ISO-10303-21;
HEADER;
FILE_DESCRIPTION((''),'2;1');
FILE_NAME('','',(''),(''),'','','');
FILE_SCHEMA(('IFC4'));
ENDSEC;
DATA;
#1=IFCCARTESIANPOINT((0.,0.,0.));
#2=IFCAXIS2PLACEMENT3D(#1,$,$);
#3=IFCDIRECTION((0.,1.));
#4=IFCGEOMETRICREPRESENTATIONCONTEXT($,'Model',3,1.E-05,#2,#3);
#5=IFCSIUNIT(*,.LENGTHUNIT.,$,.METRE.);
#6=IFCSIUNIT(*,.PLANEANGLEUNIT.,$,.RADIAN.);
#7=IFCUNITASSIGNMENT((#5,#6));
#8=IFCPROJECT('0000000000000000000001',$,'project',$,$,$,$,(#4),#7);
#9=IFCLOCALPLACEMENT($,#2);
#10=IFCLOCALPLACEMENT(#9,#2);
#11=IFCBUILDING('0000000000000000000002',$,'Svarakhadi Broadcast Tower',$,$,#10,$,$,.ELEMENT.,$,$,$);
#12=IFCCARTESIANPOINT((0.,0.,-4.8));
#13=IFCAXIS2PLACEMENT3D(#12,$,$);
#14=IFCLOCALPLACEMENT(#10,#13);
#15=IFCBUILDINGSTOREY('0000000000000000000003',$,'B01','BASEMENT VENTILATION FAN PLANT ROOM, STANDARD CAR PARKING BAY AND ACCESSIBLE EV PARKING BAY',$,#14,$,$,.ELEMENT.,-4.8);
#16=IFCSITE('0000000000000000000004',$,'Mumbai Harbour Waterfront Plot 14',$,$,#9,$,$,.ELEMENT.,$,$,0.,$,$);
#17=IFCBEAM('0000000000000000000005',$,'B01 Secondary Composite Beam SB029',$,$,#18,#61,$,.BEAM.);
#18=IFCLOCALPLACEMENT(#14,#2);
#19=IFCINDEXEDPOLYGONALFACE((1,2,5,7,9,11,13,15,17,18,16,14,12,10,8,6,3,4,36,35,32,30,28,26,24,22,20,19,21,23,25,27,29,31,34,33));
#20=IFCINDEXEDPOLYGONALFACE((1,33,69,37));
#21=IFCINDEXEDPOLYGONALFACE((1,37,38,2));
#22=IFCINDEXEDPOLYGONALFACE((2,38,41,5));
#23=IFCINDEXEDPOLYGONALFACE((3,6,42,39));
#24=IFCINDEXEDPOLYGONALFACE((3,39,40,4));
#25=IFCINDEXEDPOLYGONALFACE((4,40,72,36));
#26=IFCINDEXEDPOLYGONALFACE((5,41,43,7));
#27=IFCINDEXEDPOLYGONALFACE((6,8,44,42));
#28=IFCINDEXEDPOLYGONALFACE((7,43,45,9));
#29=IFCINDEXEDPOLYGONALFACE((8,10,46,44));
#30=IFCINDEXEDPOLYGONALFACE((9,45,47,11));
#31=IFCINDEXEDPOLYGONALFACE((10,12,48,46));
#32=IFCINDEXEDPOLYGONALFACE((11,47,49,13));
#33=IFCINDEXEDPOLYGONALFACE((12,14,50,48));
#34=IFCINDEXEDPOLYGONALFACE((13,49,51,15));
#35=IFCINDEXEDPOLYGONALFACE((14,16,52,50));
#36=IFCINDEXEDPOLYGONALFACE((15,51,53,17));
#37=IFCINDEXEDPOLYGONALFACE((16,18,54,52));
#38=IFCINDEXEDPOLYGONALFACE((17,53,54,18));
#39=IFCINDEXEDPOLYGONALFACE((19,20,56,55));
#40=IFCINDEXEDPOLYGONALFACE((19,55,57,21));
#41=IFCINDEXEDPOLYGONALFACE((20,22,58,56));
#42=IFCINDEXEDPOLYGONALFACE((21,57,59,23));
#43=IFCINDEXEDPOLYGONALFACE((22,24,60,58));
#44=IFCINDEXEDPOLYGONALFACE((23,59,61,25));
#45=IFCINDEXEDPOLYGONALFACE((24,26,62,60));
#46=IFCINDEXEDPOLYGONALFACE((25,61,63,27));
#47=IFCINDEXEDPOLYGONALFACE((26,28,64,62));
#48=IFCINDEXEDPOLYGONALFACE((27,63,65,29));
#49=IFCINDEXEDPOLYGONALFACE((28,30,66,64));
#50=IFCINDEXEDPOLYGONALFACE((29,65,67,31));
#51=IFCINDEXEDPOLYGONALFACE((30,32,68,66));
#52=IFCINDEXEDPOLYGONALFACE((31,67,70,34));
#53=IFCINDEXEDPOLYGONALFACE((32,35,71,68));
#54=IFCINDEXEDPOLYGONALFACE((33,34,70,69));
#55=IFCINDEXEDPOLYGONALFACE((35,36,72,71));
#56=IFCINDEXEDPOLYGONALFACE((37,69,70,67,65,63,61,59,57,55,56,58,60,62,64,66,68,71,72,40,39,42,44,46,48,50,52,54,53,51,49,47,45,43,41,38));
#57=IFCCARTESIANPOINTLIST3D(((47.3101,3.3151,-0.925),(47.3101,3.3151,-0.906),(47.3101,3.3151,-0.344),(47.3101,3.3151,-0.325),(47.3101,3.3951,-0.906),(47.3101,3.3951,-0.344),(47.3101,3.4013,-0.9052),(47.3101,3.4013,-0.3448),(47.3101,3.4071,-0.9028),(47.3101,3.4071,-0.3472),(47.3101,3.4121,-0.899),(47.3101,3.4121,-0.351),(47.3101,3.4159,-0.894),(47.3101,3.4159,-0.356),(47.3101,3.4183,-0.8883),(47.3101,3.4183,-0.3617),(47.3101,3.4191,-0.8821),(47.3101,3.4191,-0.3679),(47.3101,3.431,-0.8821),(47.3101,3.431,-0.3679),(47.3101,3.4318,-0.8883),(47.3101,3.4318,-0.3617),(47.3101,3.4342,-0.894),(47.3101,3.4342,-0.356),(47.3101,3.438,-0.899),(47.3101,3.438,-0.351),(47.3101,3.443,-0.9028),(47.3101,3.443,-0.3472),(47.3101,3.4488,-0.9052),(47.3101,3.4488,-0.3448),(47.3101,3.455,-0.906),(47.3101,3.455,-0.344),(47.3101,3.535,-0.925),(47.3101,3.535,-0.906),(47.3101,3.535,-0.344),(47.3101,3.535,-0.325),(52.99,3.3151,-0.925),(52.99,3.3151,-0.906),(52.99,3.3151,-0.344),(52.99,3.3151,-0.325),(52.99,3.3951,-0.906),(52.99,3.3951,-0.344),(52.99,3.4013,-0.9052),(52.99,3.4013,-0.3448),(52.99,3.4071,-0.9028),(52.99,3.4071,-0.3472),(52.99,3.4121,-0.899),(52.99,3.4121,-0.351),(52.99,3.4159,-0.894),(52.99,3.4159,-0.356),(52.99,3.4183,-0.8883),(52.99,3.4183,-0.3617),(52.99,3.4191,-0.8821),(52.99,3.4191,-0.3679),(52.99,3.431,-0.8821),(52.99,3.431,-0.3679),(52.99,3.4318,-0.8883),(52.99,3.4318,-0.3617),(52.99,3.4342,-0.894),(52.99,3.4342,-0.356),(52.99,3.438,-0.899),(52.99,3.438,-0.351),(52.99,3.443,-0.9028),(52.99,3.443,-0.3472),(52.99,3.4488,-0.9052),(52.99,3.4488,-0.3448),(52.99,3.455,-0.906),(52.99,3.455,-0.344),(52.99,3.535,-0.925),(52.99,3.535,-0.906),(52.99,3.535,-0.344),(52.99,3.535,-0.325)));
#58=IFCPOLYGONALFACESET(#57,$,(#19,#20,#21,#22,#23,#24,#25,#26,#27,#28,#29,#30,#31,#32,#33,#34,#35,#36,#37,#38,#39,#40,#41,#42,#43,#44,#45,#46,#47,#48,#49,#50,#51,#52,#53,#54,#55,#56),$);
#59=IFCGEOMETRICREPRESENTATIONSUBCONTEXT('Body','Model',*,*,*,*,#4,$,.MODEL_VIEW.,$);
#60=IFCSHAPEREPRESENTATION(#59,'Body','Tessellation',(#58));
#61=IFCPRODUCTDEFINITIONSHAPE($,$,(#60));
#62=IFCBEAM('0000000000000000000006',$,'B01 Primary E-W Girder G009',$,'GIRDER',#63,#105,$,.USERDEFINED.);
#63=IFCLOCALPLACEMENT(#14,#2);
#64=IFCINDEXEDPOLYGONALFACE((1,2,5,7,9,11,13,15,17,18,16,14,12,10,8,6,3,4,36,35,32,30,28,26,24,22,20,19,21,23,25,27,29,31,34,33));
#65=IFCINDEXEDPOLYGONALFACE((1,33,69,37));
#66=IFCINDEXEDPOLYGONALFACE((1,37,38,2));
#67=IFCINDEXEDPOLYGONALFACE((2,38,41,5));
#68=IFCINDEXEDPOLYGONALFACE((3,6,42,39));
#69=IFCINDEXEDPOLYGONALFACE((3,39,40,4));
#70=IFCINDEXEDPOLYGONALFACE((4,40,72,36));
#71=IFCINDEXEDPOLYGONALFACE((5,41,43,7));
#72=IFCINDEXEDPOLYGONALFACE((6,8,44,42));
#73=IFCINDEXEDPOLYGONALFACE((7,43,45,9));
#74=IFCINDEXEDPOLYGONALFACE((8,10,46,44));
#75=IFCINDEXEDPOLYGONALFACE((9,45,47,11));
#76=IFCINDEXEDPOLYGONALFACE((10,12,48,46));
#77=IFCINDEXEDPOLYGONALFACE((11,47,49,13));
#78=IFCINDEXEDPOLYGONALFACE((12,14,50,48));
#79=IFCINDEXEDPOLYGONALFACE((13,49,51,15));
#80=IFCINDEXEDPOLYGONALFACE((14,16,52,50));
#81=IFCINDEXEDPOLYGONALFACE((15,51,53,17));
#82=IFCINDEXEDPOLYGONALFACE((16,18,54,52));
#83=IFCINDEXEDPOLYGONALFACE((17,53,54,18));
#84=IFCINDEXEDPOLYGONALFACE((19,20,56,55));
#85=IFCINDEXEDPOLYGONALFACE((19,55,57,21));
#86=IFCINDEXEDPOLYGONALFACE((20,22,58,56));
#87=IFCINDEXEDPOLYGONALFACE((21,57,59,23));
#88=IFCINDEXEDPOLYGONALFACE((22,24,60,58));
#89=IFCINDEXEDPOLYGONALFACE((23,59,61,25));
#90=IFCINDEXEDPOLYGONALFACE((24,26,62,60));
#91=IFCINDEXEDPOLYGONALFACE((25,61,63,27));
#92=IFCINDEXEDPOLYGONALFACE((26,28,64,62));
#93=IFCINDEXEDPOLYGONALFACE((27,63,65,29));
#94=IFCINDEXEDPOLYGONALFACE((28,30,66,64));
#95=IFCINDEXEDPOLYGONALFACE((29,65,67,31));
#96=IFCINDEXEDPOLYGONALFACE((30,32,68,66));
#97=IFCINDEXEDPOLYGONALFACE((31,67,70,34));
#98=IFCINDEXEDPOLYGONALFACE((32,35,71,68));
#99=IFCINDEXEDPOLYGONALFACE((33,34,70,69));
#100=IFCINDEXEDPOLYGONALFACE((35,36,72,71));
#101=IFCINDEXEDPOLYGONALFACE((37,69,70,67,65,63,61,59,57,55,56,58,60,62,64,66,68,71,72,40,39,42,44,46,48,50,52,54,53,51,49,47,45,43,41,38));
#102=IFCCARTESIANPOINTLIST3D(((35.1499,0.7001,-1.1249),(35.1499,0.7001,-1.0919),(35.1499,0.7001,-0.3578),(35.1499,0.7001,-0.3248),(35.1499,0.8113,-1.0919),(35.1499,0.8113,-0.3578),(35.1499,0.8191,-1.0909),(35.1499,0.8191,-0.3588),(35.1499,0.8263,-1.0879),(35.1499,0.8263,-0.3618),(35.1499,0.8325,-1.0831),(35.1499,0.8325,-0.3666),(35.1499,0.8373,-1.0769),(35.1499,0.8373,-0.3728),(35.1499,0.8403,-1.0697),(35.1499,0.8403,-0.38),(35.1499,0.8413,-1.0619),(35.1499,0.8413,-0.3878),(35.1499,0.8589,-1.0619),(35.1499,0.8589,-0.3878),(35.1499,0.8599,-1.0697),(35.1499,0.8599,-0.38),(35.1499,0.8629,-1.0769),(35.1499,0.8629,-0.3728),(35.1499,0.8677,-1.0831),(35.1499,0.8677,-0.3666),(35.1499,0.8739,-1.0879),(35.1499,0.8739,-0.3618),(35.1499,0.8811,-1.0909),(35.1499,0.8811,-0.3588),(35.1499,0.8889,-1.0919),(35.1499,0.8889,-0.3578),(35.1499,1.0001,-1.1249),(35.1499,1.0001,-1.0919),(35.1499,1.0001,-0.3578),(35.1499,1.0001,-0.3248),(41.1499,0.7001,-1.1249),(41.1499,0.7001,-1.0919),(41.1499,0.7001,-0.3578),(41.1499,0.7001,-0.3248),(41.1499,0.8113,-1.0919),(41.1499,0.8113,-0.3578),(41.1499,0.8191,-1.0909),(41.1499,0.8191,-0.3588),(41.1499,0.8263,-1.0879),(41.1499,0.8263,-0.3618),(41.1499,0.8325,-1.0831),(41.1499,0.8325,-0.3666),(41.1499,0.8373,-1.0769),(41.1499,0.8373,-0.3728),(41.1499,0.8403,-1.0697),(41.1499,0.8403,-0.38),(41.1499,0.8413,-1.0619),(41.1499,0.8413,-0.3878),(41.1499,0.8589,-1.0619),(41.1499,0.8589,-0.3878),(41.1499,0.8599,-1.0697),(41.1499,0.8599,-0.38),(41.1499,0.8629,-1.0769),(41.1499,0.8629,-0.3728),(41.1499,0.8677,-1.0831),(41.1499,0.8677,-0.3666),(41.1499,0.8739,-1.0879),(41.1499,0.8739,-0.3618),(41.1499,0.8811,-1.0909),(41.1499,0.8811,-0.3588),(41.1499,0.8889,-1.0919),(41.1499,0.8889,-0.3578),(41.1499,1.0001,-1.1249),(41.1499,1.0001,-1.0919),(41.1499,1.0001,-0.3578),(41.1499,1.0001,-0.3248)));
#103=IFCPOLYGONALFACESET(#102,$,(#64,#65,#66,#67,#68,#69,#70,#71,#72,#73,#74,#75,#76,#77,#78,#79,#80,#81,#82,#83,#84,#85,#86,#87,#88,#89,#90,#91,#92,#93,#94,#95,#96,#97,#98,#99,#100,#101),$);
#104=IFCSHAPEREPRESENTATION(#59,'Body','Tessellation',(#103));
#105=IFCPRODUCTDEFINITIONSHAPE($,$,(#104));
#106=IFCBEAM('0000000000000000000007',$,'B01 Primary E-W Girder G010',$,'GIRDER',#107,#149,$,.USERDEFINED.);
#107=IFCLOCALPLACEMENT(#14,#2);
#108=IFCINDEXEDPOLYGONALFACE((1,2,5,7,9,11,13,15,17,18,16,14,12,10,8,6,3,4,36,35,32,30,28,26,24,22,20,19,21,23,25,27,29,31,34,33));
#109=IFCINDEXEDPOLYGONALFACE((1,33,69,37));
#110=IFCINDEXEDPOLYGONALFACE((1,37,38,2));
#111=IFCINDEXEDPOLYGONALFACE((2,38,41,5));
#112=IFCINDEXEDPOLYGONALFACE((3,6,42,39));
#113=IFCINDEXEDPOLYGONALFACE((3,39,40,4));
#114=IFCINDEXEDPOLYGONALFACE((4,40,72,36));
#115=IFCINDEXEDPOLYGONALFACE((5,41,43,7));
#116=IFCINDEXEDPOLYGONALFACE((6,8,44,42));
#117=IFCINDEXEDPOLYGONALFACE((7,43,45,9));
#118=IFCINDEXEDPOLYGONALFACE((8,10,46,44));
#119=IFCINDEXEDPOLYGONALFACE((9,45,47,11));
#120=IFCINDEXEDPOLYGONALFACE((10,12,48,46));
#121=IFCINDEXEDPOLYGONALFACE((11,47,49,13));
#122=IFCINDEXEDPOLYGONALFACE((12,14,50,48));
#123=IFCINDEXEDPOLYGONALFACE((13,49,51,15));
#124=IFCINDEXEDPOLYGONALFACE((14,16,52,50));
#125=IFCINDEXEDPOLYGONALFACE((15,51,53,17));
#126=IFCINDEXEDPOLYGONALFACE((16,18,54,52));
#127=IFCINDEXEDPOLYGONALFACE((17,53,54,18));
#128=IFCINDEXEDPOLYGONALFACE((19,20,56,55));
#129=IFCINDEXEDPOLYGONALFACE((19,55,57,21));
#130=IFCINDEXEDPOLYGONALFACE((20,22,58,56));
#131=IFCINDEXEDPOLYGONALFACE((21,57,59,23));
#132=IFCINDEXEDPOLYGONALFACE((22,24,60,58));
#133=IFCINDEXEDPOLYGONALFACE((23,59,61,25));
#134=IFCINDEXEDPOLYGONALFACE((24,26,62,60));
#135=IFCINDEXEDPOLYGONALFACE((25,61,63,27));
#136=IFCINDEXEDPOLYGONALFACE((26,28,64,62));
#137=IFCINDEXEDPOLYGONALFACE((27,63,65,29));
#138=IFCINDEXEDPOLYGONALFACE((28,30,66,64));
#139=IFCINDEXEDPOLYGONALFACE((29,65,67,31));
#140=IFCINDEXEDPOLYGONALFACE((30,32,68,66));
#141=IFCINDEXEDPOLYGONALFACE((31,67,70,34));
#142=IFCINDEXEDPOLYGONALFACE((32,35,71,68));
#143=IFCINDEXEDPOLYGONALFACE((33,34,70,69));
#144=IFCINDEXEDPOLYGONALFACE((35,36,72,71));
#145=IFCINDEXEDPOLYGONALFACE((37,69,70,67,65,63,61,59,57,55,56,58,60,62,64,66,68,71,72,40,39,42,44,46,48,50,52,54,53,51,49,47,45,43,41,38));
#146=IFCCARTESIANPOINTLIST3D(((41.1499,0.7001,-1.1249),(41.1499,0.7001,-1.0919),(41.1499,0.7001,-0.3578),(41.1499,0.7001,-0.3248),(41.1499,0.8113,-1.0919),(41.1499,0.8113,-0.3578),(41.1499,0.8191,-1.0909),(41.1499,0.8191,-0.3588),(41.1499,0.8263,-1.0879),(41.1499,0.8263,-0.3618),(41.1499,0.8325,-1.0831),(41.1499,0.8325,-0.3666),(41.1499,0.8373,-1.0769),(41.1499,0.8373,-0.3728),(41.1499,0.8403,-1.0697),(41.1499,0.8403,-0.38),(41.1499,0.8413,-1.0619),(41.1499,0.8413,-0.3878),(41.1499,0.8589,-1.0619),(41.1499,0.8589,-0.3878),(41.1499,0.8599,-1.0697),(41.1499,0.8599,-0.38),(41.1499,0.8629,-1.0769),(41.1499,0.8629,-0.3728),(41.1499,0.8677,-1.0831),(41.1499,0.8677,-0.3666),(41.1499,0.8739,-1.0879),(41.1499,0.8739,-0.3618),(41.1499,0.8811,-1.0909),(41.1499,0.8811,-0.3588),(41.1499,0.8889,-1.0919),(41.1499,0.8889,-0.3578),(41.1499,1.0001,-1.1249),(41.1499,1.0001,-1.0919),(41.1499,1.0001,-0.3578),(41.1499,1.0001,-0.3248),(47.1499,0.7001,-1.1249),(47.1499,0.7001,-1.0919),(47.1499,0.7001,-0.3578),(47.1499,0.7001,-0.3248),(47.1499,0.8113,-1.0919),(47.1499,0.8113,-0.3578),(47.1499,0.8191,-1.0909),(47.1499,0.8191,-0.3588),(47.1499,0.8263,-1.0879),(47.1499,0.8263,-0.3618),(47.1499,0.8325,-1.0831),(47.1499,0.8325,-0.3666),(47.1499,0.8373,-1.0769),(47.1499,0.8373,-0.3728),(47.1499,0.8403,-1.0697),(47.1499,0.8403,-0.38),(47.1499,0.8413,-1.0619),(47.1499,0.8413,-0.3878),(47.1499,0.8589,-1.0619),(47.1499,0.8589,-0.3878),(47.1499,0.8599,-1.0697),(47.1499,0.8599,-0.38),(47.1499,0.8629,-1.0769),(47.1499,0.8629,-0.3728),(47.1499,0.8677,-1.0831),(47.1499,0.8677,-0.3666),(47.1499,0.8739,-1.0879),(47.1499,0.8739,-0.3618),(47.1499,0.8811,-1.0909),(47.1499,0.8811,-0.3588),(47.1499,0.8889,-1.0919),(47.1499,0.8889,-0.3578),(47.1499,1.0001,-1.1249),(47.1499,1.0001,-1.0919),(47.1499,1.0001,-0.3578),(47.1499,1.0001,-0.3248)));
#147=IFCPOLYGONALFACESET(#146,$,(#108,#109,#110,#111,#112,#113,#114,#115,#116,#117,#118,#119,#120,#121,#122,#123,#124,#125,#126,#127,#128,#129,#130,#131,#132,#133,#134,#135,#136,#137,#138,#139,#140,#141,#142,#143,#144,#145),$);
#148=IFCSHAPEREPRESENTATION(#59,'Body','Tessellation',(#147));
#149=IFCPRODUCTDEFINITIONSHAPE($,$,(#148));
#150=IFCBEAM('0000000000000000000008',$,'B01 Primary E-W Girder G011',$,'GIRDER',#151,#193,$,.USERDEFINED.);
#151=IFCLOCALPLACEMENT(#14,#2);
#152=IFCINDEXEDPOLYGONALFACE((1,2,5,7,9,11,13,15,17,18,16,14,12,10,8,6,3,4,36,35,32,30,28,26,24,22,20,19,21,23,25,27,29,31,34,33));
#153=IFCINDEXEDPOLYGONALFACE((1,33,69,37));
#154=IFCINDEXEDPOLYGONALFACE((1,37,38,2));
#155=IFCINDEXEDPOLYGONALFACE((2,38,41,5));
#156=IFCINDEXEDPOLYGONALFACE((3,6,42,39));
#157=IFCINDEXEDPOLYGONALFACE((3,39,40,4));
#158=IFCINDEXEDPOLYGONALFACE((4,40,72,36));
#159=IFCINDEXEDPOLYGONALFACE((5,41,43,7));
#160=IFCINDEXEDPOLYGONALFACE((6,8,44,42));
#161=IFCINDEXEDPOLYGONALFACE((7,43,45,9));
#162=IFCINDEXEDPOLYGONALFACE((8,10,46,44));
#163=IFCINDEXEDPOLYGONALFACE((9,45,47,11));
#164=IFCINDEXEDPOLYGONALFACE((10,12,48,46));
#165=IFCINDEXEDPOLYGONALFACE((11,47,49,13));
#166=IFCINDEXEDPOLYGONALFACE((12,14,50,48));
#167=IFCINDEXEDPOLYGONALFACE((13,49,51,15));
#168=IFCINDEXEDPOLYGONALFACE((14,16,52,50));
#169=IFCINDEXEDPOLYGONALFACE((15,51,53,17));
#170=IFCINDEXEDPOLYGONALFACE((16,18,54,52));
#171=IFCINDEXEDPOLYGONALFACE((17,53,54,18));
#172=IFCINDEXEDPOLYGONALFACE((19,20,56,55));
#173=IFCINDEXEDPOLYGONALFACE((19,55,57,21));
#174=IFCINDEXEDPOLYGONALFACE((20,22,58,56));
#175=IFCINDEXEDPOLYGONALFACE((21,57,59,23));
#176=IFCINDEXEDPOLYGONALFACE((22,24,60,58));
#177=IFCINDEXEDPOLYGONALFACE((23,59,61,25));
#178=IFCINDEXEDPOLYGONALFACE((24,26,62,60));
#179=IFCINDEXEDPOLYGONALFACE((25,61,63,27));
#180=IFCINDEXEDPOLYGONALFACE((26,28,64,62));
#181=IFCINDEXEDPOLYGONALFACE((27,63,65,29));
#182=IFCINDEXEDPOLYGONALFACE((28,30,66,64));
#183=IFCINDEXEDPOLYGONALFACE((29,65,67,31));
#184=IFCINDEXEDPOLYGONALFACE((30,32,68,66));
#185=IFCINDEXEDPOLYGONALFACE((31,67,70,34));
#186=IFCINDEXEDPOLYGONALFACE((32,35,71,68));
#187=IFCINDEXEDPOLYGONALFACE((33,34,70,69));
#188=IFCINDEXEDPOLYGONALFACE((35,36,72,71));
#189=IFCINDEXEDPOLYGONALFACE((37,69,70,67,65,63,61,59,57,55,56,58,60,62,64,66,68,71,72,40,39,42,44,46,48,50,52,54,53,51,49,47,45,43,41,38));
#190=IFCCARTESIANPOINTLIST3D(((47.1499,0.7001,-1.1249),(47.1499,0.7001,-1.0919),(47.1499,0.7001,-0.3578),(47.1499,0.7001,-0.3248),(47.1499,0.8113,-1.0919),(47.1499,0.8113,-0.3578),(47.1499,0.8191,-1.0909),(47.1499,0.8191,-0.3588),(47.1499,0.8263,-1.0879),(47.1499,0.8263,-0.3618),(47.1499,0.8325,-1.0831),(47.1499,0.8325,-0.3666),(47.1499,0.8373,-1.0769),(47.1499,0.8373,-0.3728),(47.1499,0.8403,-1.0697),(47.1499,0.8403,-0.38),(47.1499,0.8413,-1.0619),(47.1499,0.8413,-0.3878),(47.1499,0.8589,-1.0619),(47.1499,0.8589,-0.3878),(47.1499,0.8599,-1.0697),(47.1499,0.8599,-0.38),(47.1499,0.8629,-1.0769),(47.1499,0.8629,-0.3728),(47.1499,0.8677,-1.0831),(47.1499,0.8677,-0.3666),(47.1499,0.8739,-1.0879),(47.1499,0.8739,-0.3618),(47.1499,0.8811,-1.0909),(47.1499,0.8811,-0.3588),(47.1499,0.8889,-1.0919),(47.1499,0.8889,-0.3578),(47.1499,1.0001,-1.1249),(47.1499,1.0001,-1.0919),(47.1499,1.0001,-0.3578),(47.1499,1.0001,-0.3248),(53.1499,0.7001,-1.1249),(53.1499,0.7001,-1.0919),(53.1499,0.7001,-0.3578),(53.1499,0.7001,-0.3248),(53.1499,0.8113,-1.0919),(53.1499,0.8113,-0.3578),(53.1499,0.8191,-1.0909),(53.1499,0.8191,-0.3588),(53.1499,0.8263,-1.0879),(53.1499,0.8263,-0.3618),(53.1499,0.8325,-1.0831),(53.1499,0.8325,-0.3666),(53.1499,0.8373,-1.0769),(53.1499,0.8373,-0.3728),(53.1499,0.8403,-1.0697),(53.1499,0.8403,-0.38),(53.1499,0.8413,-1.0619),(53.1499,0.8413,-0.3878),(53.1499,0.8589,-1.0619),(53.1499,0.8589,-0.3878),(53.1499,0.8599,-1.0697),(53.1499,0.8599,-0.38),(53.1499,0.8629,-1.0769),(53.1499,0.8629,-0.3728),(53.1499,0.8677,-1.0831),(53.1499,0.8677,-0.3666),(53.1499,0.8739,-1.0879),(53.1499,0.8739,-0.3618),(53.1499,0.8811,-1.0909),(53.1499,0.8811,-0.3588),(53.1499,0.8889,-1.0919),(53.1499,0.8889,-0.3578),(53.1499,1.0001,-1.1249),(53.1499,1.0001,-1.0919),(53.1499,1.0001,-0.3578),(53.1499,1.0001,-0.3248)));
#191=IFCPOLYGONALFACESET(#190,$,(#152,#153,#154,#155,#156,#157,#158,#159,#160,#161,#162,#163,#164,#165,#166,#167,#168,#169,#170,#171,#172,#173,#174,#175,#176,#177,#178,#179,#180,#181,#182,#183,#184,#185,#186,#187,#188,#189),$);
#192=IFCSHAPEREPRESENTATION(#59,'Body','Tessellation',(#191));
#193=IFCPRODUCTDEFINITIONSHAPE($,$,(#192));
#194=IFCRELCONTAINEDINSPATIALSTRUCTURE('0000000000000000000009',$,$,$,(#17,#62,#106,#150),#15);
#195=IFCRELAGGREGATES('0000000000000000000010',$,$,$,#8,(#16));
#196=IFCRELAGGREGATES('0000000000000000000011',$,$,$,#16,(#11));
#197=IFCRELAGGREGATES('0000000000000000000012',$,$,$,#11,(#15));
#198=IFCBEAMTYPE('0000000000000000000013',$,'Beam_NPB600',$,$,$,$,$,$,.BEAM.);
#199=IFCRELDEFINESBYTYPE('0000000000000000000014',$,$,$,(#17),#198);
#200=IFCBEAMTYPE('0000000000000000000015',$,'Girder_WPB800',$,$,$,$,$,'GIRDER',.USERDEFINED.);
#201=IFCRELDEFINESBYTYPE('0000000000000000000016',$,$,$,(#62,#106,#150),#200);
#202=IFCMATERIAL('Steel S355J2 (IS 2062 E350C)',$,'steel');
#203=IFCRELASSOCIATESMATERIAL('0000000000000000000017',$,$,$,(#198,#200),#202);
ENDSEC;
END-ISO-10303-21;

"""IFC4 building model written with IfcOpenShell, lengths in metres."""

from ifc_helpers import new_model, si_unit, direction, frame, origin, origin_2d, place, context, subcontext, project, spatial, i_section, extrude, material, material_profile, profile_set, type_object, element, save


model = new_model("IFC4")

# Units and contexts
model_context = context("Model", 3, precision=1e-05, world=origin(), true_north=direction((0.0, 1.0)))
body_context = subcontext(model_context, "Body", "Model", "MODEL_VIEW")
ifc_project = project(units=[si_unit("LENGTHUNIT", "METRE"), si_unit("PLANEANGLEUNIT", "RADIAN")], contexts=[model_context])

# Site, building, storey
site_placement = place(None, origin())
site = spatial("IfcSite", under=ifc_project, at=site_placement, Name="Mumbai Harbour Waterfront Plot 14", CompositionType="ELEMENT", RefElevation=0.0)
building_placement = place(site_placement, origin())
building = spatial("IfcBuilding", under=site, at=building_placement, Name="Svarakhadi Broadcast Tower", CompositionType="ELEMENT")
storey_placement = place(building_placement, frame((0.0, 0.0, -4.8)))
storey = spatial("IfcBuildingStorey", under=building, at=storey_placement, Name="B01", Description="BASEMENT VENTILATION FAN PLANT ROOM, STANDARD CAR PARKING BAY AND ACCESSIBLE EV PARKING BAY", CompositionType="ELEMENT", Elevation=-4.8)

# Beams
ifc_material_1 = material(Name="Steel S355J2 (IS 2062 E350C)", Category="steel")
ifc_material_profile_1 = material_profile(ifc_material_1, i_section(OverallWidth=0.22, OverallDepth=0.6001, WebThickness=0.012, FlangeThickness=0.019, FilletRadius=0.0239, at=origin_2d()), Name="NPB 600x220x122")
ifc_profile_set_1 = profile_set([ifc_material_profile_1], Name="Steel S355J2 (IS 2062 E350C)")
beam_type_1 = type_object("IfcBeamType", Name="Beam_NPB600", PredefinedType="BEAM", material=ifc_profile_set_1)
for number, where, z_axis, x_axis, name in (
    (1, (47.3101, 3.425, -0.625), (1.0, 0.0, 0.0), (0.0, 1.0, 0.0), "B01 Secondary Composite Beam SB029"),
):
    element("IfcBeam", number, at=place(storey_placement, frame(where, z_axis=z_axis, x_axis=x_axis)), inside=storey, type_object=beam_type_1, Name=name, PredefinedType="BEAM", context=body_context, shape_type="SweptSolid", body=[
        extrude(i_section(OverallWidth=0.22, OverallDepth=0.6001, WebThickness=0.012, FlangeThickness=0.019, FilletRadius=0.0239, at=origin_2d()), origin(), (0.0, 0.0, 1.0), 5.6799),
    ])
ifc_material_profile_2 = material_profile(ifc_material_1, i_section(OverallWidth=0.3, OverallDepth=0.8, WebThickness=0.0176, FlangeThickness=0.033, FilletRadius=0.03, at=origin_2d()), Name="WPB 800x300x262")
ifc_profile_set_2 = profile_set([ifc_material_profile_2], Name="Steel S355J2 (IS 2062 E350C)")
beam_type_2 = type_object("IfcBeamType", Name="Girder_WPB800", ElementType="GIRDER", PredefinedType="USERDEFINED", material=ifc_profile_set_2)
for number, where, z_axis, x_axis, name in (
    (2, (35.1499, 0.8501, -0.7249), (1.0, 0.0, 0.0), (0.0, 1.0, 0.0), "B01 Primary E-W Girder G009"),
    (3, (41.1499, 0.8501, -0.7249), (1.0, 0.0, 0.0), (0.0, 1.0, 0.0), "B01 Primary E-W Girder G010"),
    (4, (47.1499, 0.8501, -0.7249), (1.0, 0.0, 0.0), (0.0, 1.0, 0.0), "B01 Primary E-W Girder G011"),
):
    element("IfcBeam", number, at=place(storey_placement, frame(where, z_axis=z_axis, x_axis=x_axis)), inside=storey, type_object=beam_type_2, Name=name, ObjectType="GIRDER", PredefinedType="USERDEFINED", context=body_context, shape_type="SweptSolid", body=[
        extrude(i_section(OverallWidth=0.3, OverallDepth=0.8, WebThickness=0.0176, FlangeThickness=0.033, FilletRadius=0.03, at=origin_2d()), origin(), (0.0, 0.0, 1.0), 6.0),
    ])

save(model, "model.ifc")
